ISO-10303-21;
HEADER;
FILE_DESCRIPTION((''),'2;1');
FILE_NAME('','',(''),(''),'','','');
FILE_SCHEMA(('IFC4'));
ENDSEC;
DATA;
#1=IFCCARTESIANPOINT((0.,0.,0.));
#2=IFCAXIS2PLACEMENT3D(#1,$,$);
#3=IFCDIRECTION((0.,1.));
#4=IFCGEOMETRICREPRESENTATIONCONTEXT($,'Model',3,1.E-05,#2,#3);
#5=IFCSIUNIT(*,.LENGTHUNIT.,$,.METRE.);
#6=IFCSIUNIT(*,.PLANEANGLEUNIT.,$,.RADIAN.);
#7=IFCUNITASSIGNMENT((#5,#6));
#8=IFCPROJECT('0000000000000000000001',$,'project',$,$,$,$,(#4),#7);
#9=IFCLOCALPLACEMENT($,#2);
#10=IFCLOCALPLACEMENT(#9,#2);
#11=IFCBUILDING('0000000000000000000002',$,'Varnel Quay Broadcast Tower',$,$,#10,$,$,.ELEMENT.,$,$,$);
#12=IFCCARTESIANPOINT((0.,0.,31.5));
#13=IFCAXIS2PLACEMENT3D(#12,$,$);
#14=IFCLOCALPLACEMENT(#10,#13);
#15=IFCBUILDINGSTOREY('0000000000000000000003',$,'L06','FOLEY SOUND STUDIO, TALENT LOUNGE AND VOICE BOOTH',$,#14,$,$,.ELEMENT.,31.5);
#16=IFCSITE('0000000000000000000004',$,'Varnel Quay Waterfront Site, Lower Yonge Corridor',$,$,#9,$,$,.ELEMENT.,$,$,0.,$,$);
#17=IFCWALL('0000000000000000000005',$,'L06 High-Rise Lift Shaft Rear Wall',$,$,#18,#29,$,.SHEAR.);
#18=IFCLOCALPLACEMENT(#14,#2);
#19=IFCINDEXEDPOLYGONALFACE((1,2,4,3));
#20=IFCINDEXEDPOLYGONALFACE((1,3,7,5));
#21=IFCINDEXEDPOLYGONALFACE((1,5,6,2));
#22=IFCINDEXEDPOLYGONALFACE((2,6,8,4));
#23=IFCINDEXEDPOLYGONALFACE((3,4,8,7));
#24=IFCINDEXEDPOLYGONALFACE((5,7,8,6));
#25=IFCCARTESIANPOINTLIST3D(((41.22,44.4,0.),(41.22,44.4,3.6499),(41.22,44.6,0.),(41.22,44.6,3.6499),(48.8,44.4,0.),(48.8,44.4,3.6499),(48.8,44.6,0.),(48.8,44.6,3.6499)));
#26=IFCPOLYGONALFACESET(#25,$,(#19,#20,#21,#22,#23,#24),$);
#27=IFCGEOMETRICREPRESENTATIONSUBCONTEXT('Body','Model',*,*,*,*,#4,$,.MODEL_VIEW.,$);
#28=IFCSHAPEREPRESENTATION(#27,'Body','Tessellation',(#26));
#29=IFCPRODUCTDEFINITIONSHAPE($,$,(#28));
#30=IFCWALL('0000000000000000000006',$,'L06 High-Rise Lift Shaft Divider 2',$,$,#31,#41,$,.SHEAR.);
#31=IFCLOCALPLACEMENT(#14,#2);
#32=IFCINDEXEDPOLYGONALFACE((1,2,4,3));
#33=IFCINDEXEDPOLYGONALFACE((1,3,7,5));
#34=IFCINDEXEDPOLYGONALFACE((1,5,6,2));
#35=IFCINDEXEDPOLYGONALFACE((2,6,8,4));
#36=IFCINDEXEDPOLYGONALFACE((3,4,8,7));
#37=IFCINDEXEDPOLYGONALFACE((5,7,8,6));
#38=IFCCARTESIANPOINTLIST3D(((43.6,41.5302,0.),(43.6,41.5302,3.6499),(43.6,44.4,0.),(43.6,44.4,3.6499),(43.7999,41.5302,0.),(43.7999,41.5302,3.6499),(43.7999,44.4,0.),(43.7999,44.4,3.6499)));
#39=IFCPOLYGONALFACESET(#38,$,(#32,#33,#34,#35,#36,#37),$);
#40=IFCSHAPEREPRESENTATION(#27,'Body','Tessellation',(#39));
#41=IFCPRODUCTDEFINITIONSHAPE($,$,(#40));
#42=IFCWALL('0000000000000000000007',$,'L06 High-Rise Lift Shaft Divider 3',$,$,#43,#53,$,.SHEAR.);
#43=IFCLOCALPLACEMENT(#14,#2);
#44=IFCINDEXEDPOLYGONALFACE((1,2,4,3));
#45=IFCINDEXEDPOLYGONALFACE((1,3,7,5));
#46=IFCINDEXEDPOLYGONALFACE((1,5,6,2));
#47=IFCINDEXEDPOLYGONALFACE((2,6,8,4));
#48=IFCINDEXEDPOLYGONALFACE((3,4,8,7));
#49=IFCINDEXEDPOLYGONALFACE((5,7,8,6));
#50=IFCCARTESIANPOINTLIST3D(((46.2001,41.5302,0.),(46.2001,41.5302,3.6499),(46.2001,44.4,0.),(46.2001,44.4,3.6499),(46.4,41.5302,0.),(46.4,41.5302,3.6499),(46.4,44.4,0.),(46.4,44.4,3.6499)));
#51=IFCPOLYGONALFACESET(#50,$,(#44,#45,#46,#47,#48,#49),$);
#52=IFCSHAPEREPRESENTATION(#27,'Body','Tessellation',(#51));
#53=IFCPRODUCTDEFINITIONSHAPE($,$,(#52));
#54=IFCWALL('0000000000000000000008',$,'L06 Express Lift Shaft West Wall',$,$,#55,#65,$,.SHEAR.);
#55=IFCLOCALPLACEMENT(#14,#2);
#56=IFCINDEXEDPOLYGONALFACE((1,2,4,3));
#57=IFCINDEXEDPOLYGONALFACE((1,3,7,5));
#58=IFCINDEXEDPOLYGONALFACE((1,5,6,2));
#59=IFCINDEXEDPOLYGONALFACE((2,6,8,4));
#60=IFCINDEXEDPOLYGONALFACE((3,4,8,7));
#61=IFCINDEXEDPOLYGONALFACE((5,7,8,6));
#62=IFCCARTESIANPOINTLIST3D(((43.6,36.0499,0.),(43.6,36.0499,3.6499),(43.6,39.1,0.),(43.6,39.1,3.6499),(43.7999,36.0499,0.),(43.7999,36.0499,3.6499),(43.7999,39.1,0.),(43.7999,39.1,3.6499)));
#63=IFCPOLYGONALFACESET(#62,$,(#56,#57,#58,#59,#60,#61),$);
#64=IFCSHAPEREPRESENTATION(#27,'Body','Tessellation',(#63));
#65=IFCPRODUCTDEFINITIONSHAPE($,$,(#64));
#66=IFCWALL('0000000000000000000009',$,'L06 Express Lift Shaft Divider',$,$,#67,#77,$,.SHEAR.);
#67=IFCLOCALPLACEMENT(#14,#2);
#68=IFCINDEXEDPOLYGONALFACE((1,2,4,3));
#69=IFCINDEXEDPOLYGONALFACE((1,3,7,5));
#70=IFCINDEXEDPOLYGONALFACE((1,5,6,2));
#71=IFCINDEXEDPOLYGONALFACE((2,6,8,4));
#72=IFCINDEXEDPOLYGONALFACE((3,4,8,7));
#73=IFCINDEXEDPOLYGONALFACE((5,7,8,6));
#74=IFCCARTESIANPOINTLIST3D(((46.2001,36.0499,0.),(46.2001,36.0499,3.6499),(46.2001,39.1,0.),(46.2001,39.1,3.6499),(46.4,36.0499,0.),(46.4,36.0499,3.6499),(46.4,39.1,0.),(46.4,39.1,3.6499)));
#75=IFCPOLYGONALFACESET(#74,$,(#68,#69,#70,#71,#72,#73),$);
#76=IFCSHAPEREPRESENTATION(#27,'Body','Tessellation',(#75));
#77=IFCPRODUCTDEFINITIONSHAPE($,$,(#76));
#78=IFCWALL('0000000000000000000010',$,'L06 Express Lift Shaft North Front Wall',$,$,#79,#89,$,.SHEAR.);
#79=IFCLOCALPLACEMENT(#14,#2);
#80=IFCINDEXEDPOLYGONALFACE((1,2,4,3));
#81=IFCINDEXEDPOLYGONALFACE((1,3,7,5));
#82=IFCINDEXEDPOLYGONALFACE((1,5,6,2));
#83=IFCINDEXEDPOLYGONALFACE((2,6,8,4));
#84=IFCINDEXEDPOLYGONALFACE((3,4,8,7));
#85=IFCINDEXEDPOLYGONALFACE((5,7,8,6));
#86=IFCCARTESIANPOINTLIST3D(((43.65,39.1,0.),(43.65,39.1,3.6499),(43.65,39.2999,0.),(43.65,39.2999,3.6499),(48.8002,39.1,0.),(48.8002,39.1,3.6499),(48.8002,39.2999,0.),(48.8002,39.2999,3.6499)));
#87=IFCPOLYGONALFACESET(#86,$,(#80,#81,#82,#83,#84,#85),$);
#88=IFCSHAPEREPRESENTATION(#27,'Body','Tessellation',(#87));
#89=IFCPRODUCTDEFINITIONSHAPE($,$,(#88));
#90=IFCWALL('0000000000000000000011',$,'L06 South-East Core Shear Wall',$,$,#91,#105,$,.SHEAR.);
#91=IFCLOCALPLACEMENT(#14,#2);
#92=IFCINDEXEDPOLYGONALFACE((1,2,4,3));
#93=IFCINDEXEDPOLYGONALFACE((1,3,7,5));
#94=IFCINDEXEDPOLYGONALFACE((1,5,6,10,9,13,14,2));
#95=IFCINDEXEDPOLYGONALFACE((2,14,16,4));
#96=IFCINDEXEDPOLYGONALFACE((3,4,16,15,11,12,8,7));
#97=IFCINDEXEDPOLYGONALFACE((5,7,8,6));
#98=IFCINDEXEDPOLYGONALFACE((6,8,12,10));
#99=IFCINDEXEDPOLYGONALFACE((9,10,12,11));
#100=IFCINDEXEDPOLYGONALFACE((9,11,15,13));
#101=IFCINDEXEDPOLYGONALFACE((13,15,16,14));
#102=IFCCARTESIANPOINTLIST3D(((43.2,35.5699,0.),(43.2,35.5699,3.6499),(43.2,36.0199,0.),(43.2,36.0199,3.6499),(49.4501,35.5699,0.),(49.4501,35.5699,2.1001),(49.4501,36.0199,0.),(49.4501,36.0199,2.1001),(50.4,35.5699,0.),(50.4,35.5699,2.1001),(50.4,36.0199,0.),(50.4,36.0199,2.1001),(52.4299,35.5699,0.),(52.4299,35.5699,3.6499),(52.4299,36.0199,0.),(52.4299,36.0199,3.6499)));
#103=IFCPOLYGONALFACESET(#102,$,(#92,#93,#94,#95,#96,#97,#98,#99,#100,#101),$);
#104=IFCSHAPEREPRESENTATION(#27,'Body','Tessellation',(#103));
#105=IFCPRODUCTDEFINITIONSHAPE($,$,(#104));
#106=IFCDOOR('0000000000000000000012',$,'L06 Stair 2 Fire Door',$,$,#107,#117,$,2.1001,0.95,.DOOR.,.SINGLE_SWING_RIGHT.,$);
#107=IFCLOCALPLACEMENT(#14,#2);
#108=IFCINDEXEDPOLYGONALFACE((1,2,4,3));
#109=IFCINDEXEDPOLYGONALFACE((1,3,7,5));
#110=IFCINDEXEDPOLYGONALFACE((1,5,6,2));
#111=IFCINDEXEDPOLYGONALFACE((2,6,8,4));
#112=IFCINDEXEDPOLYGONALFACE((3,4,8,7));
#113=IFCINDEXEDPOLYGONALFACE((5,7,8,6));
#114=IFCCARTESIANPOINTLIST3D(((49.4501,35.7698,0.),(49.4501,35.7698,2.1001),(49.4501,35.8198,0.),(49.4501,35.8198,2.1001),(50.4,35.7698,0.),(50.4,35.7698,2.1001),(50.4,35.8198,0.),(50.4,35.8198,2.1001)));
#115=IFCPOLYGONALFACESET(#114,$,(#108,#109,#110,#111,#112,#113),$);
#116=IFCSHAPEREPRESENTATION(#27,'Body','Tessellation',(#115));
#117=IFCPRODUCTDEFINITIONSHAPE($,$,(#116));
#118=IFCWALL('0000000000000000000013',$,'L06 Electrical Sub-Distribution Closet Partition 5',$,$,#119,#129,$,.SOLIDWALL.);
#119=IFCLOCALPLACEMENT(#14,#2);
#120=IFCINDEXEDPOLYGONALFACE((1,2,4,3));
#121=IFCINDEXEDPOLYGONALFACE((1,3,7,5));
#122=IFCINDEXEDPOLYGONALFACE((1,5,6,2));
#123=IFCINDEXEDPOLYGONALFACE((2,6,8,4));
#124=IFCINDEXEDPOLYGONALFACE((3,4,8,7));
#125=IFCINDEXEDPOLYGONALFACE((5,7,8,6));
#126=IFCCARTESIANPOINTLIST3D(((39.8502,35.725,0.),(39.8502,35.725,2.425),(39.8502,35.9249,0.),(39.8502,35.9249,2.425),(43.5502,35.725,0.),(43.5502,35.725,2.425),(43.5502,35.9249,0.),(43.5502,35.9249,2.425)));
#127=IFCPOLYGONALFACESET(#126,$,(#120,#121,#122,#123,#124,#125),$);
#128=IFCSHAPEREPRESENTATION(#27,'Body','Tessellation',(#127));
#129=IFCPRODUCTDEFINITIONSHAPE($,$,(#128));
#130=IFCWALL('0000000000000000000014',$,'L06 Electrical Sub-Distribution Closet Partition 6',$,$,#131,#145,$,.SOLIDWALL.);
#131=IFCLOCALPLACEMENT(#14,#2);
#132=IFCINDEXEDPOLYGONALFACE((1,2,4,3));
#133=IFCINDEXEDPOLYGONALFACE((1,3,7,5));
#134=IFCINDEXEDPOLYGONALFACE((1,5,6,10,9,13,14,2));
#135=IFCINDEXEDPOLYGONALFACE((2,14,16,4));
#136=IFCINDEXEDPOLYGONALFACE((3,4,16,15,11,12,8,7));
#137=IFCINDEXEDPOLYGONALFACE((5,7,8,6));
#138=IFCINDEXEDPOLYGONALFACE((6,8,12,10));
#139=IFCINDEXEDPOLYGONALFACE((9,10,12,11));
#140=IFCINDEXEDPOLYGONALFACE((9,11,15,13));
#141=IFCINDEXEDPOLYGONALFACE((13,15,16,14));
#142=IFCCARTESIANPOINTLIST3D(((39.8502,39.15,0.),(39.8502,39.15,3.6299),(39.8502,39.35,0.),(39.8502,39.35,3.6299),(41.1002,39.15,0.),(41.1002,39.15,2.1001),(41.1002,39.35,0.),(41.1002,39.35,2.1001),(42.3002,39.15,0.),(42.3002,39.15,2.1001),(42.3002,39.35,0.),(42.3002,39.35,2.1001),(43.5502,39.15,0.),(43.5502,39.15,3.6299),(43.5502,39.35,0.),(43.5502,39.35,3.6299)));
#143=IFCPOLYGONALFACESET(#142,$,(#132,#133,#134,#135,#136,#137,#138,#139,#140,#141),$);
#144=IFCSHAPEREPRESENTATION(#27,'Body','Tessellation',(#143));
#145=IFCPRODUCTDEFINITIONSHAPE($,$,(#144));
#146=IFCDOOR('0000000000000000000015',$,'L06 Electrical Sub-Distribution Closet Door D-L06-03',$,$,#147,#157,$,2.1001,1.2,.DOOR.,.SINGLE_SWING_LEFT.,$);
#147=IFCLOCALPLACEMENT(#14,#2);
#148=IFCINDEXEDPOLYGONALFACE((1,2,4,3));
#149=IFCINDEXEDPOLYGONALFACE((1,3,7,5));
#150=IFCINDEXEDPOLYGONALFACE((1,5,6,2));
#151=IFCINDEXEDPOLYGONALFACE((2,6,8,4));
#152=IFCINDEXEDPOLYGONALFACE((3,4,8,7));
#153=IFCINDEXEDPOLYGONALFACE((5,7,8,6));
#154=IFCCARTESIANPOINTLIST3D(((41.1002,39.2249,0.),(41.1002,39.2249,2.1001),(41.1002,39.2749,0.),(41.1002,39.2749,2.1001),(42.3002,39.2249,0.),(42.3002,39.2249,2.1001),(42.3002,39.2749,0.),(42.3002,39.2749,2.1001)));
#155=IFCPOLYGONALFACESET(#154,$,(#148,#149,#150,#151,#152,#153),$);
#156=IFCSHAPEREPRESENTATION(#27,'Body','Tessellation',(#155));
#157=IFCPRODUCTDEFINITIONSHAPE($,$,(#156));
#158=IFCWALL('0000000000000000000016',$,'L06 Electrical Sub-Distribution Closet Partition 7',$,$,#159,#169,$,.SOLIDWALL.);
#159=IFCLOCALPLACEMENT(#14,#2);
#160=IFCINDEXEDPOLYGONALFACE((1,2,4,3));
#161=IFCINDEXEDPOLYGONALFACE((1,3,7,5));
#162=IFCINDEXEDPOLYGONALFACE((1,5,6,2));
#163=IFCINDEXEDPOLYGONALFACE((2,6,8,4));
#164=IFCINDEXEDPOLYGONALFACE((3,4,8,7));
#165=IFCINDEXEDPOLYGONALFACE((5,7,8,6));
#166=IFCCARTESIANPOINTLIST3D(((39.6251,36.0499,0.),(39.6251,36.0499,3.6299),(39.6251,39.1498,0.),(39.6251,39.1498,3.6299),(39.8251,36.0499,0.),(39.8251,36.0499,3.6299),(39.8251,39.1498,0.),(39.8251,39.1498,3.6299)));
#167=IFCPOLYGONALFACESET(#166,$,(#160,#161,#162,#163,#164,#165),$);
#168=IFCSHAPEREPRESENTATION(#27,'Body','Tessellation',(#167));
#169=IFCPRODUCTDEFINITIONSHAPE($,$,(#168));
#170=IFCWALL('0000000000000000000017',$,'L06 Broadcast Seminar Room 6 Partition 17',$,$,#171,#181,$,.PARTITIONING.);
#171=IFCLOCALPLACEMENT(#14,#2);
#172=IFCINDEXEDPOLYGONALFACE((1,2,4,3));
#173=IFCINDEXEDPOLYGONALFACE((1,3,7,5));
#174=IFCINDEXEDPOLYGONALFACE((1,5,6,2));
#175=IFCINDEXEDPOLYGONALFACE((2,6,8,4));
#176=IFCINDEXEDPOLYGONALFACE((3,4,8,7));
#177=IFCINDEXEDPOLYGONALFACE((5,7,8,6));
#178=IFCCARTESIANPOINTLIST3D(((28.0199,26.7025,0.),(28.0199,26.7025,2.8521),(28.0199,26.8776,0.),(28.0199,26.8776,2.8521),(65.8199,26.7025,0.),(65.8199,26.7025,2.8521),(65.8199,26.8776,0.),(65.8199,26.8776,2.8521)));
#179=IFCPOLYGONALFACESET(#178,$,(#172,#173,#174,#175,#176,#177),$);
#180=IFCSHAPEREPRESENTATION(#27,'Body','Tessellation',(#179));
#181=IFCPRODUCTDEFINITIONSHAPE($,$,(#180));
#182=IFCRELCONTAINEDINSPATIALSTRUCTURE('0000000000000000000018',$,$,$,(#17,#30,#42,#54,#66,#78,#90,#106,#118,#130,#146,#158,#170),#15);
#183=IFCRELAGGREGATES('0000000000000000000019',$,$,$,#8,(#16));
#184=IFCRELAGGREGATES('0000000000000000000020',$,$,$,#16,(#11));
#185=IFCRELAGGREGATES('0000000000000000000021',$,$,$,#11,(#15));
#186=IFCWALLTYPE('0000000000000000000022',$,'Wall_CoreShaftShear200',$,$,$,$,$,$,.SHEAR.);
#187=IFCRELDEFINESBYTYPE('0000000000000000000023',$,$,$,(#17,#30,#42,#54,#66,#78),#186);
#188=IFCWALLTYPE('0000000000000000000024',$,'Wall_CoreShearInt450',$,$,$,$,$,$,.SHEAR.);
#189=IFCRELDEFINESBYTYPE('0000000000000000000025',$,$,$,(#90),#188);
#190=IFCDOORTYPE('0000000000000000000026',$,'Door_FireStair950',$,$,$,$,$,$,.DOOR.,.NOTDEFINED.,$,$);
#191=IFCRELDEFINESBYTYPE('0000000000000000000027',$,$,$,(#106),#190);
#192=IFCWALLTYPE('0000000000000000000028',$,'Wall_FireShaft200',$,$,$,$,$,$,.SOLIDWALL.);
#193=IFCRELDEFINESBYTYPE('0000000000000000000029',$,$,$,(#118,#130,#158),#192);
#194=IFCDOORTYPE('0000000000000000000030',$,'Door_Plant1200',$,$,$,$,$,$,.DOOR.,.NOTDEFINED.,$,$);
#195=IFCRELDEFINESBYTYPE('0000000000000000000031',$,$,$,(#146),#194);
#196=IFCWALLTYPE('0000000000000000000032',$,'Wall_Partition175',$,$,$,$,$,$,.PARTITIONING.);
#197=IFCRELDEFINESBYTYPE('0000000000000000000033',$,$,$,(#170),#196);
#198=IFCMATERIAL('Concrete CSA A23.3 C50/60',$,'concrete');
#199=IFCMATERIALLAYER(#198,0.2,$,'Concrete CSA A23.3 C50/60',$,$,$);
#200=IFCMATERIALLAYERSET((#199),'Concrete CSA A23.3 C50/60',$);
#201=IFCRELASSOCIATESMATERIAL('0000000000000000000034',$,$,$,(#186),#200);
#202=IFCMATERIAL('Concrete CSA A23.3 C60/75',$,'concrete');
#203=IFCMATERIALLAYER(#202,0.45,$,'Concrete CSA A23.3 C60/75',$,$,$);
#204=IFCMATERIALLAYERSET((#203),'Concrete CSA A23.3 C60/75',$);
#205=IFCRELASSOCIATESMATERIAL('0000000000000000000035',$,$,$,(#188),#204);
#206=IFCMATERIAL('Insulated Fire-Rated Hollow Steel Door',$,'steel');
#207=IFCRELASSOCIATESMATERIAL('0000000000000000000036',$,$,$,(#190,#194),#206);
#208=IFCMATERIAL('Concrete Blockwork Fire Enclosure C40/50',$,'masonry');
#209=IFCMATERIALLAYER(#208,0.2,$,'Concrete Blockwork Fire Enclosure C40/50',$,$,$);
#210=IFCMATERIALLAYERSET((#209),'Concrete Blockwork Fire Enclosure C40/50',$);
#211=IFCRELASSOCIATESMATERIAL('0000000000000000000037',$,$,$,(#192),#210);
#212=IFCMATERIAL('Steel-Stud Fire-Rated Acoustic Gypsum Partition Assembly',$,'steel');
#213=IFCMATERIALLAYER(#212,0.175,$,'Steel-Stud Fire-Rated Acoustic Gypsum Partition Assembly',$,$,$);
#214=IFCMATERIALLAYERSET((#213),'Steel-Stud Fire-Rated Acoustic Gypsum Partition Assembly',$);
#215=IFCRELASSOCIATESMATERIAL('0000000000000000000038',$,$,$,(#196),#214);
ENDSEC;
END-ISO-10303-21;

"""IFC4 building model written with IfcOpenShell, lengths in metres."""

from ifc_helpers import new_model, si_unit, direction, frame, frame_2d, origin, place, context, subcontext, project, spatial, rectangle, extrude, source, transform, mapped, material, layer, layer_set, type_object, type_shapes, element, fill, save


model = new_model("IFC4")

# Units and contexts
model_context = context("Model", 3, precision=1e-05, world=origin(), true_north=direction((0.0, 1.0)))
body_context = subcontext(model_context, "Body", "Model", "MODEL_VIEW")
ifc_project = project(units=[si_unit("LENGTHUNIT", "METRE"), si_unit("PLANEANGLEUNIT", "RADIAN")], contexts=[model_context])

# Site, building, storey
site_placement = place(None, origin())
site = spatial("IfcSite", under=ifc_project, at=site_placement, Name="Varnel Quay Waterfront Site, Lower Yonge Corridor", CompositionType="ELEMENT", RefElevation=0.0)
building_placement = place(site_placement, origin())
building = spatial("IfcBuilding", under=site, at=building_placement, Name="Varnel Quay Broadcast Tower", CompositionType="ELEMENT")
storey_placement = place(building_placement, frame((0.0, 0.0, 31.5)))
storey = spatial("IfcBuildingStorey", under=building, at=storey_placement, Name="L06", Description="FOLEY SOUND STUDIO, TALENT LOUNGE AND VOICE BOOTH", CompositionType="ELEMENT", Elevation=31.5)

# Shared definitions
ifc_material_1 = material(Name="Concrete CSA A23.3 C60/75", Category="concrete")

# Walls
ifc_material_2 = material(Name="Concrete CSA A23.3 C50/60", Category="concrete")
ifc_layer_1 = layer(ifc_material_2, 0.2, Name="Concrete CSA A23.3 C50/60")
ifc_layer_set_1 = layer_set([ifc_layer_1], Name="Concrete CSA A23.3 C50/60")
wall_type_1 = type_object("IfcWallType", Name="Wall_CoreShaftShear200", PredefinedType="SHEAR", material=ifc_layer_set_1)
wall_1_placement = place(storey_placement, frame((41.22, 44.5, 0.0), z_axis=(0.0, 0.0, 1.0), x_axis=(1.0, 0.0, 0.0)))
element("IfcWall", 1, at=wall_1_placement, inside=storey, type_object=wall_type_1, Name="L06 High-Rise Lift Shaft Rear Wall", PredefinedType="SHEAR", context=body_context, shape_type="SweptSolid", body=[
    extrude(rectangle(XDim=7.5801, YDim=0.2, at=frame_2d((3.79, 0.0))), origin(), (0.0, 0.0, 1.0), 3.6499),
])
for number, where, z_axis, x_axis, name in (
    (2, (43.7, 41.53, 0.0), (0.0, 0.0, 1.0), (0.0, 1.0, 0.0), "L06 High-Rise Lift Shaft Divider 2"),
    (3, (46.3, 41.53, 0.0), (0.0, 0.0, 1.0), (0.0, 1.0, 0.0), "L06 High-Rise Lift Shaft Divider 3"),
):
    element("IfcWall", number, at=place(storey_placement, frame(where, z_axis=z_axis, x_axis=x_axis)), inside=storey, type_object=wall_type_1, Name=name, PredefinedType="SHEAR", context=body_context, shape_type="SweptSolid", body=[
        extrude(rectangle(XDim=2.8699, YDim=0.2, at=frame_2d((1.4351, 0.0))), origin(), (0.0, 0.0, 1.0), 3.6499),
    ])
for number, where, z_axis, x_axis, name in (
    (4, (43.7, 36.05, 0.0), (0.0, 0.0, 1.0), (0.0, 1.0, 0.0), "L06 Express Lift Shaft West Wall"),
    (5, (46.3, 36.05, 0.0), (0.0, 0.0, 1.0), (0.0, 1.0, 0.0), "L06 Express Lift Shaft Divider"),
):
    element("IfcWall", number, at=place(storey_placement, frame(where, z_axis=z_axis, x_axis=x_axis)), inside=storey, type_object=wall_type_1, Name=name, PredefinedType="SHEAR", context=body_context, shape_type="SweptSolid", body=[
        extrude(rectangle(XDim=3.05, YDim=0.2, at=frame_2d((1.5249, 0.0))), origin(), (0.0, 0.0, 1.0), 3.6499),
    ])
wall_2_placement = place(storey_placement, frame((43.6499, 39.2, 0.0), z_axis=(0.0, 0.0, 1.0), x_axis=(1.0, 0.0, 0.0)))
element("IfcWall", 6, at=wall_2_placement, inside=storey, type_object=wall_type_1, Name="L06 Express Lift Shaft North Front Wall", PredefinedType="SHEAR", context=body_context, shape_type="SweptSolid", body=[
    extrude(rectangle(XDim=5.1501, YDim=0.2, at=frame_2d((2.5752, 0.0))), origin(), (0.0, 0.0, 1.0), 3.6499),
])

# Wall, opening, door
ifc_layer_2 = layer(ifc_material_1, 0.45, Name="Concrete CSA A23.3 C60/75")
ifc_layer_set_2 = layer_set([ifc_layer_2], Name="Concrete CSA A23.3 C60/75")
wall_type_2 = type_object("IfcWallType", Name="Wall_CoreShearInt450", PredefinedType="SHEAR", material=ifc_layer_set_2)
wall_3_placement = place(storey_placement, frame((43.2, 35.7949, 0.0), z_axis=(0.0, 0.0, 1.0), x_axis=(1.0, 0.0, 0.0)))
wall_3 = element("IfcWall", 7, at=wall_3_placement, inside=storey, type_object=wall_type_2, Name="L06 South-East Core Shear Wall", PredefinedType="SHEAR", context=body_context, shape_type="SweptSolid", body=[
    extrude(rectangle(XDim=9.23, YDim=0.45, at=frame_2d((4.615, 0.0))), origin(), (0.0, 0.0, 1.0), 3.6499),
])
opening_1_placement = place(wall_3_placement, frame((6.25, 0.0, 0.0)))
opening_1 = element("IfcOpeningElement", 8, at=opening_1_placement, cuts=wall_3, PredefinedType="OPENING", context=body_context, shape_type="SweptSolid", body=[
    extrude(rectangle(XDim=0.95, YDim=2.1001, at=frame_2d((0.4751, 1.05))), frame((0.0, 0.2349, 0.0), z_axis=(0.0, -1.0, 0.0), x_axis=(1.0, 0.0, 0.0)), (0.0, 0.0, 1.0), 0.47),
])
ifc_material_3 = material(Name="Insulated Fire-Rated Hollow Steel Door", Category="steel")
door_type_1 = type_object("IfcDoorType", Name="Door_FireStair950", OperationType="NOTDEFINED", PredefinedType="DOOR", material=ifc_material_3)
shared_shape_1 = source(origin(), body_context, "Body", "SweptSolid", [
    extrude(rectangle(XDim=0.95, YDim=2.1001, at=frame_2d((0.4751, 1.05))), frame((0.0, 0.0249, 0.0), z_axis=(0.0, -1.0, 0.0), x_axis=(1.0, 0.0, 0.0)), (0.0, 0.0, 1.0), 0.05),
])
type_shapes(door_type_1, [shared_shape_1])
door_1_placement = place(opening_1_placement, origin())
door_1 = element("IfcDoor", 9, at=door_1_placement, inside=storey, type_object=door_type_1, Name="L06 Stair 2 Fire Door", OperationType="SINGLE_SWING_RIGHT", OverallHeight=2.1001, OverallWidth=0.95, PredefinedType="DOOR", context=body_context, shape_type="MappedRepresentation", body=[
    mapped(shared_shape_1, transform((0.0, 0.0, 0.0), x_axis=(1.0, 0.0, 0.0), y_axis=(0.0, 1.0, 0.0), z_axis=(0.0, 0.0, 1.0), scale=1.0)),
])
fill(opening_1, door_1)

# Wall
ifc_material_4 = material(Name="Concrete Blockwork Fire Enclosure C40/50", Category="masonry")
ifc_layer_3 = layer(ifc_material_4, 0.2, Name="Concrete Blockwork Fire Enclosure C40/50")
ifc_layer_set_3 = layer_set([ifc_layer_3], Name="Concrete Blockwork Fire Enclosure C40/50")
wall_type_3 = type_object("IfcWallType", Name="Wall_FireShaft200", PredefinedType="SOLIDWALL", material=ifc_layer_set_3)
wall_4_placement = place(storey_placement, frame((39.8501, 35.825, 0.0), z_axis=(0.0, 0.0, 1.0), x_axis=(1.0, 0.0, 0.0)))
element("IfcWall", 10, at=wall_4_placement, inside=storey, type_object=wall_type_3, Name="L06 Electrical Sub-Distribution Closet Partition 5", PredefinedType="SOLIDWALL", context=body_context, shape_type="SweptSolid", body=[
    extrude(rectangle(XDim=3.7, YDim=0.2, at=frame_2d((1.8501, 0.0))), origin(), (0.0, 0.0, 1.0), 2.425),
])

# Wall, opening, door
wall_5_placement = place(storey_placement, frame((39.8501, 39.25, 0.0), z_axis=(0.0, 0.0, 1.0), x_axis=(1.0, 0.0, 0.0)))
wall_5 = element("IfcWall", 11, at=wall_5_placement, inside=storey, type_object=wall_type_3, Name="L06 Electrical Sub-Distribution Closet Partition 6", PredefinedType="SOLIDWALL", context=body_context, shape_type="SweptSolid", body=[
    extrude(rectangle(XDim=3.7, YDim=0.2, at=frame_2d((1.8501, 0.0))), origin(), (0.0, 0.0, 1.0), 3.6299),
])
opening_2_placement = place(wall_5_placement, frame((1.25, 0.0, 0.0)))
opening_2 = element("IfcOpeningElement", 12, at=opening_2_placement, cuts=wall_5, PredefinedType="OPENING", context=body_context, shape_type="SweptSolid", body=[
    extrude(rectangle(XDim=1.2, YDim=2.1001, at=frame_2d((0.6001, 1.05))), frame((0.0, 0.1099, 0.0), z_axis=(0.0, -1.0, 0.0), x_axis=(1.0, 0.0, 0.0)), (0.0, 0.0, 1.0), 0.22),
])
door_type_2 = type_object("IfcDoorType", Name="Door_Plant1200", OperationType="NOTDEFINED", PredefinedType="DOOR", material=ifc_material_3)
shared_shape_2 = source(origin(), body_context, "Body", "SweptSolid", [
    extrude(rectangle(XDim=1.2, YDim=2.1001, at=frame_2d((0.6001, 1.05))), frame((0.0, 0.0249, 0.0), z_axis=(0.0, -1.0, 0.0), x_axis=(1.0, 0.0, 0.0)), (0.0, 0.0, 1.0), 0.05),
])
type_shapes(door_type_2, [shared_shape_2])
door_2_placement = place(opening_2_placement, origin())
door_2 = element("IfcDoor", 13, at=door_2_placement, inside=storey, type_object=door_type_2, Name="L06 Electrical Sub-Distribution Closet Door D-L06-03", OperationType="SINGLE_SWING_LEFT", OverallHeight=2.1001, OverallWidth=1.2, PredefinedType="DOOR", context=body_context, shape_type="MappedRepresentation", body=[
    mapped(shared_shape_2, transform((0.0, 0.0, 0.0), x_axis=(1.0, 0.0, 0.0), y_axis=(0.0, 1.0, 0.0), z_axis=(0.0, 0.0, 1.0), scale=1.0)),
])
fill(opening_2, door_2)

# Walls
wall_6_placement = place(storey_placement, frame((39.7251, 36.05, 0.0), z_axis=(0.0, 0.0, 1.0), x_axis=(0.0, 1.0, 0.0)))
element("IfcWall", 14, at=wall_6_placement, inside=storey, type_object=wall_type_3, Name="L06 Electrical Sub-Distribution Closet Partition 7", PredefinedType="SOLIDWALL", context=body_context, shape_type="SweptSolid", body=[
    extrude(rectangle(XDim=3.0999, YDim=0.2, at=frame_2d((1.5498, 0.0))), origin(), (0.0, 0.0, 1.0), 3.6299),
])
ifc_material_5 = material(Name="Steel-Stud Fire-Rated Acoustic Gypsum Partition Assembly", Category="steel")
ifc_layer_4 = layer(ifc_material_5, 0.175, Name="Steel-Stud Fire-Rated Acoustic Gypsum Partition Assembly")
ifc_layer_set_4 = layer_set([ifc_layer_4], Name="Steel-Stud Fire-Rated Acoustic Gypsum Partition Assembly")
wall_type_4 = type_object("IfcWallType", Name="Wall_Partition175", PredefinedType="PARTITIONING", material=ifc_layer_set_4)
wall_7_placement = place(storey_placement, frame((28.02, 26.79, 0.0), z_axis=(0.0, 0.0, 1.0), x_axis=(1.0, 0.0, 0.0)))
element("IfcWall", 15, at=wall_7_placement, inside=storey, type_object=wall_type_4, Name="L06 Broadcast Seminar Room 6 Partition 17", PredefinedType="PARTITIONING", context=body_context, shape_type="SweptSolid", body=[
    extrude(rectangle(XDim=37.8, YDim=0.175, at=frame_2d((18.8999, 0.0))), origin(), (0.0, 0.0, 1.0), 2.8521),
])

save(model, "model.ifc")
